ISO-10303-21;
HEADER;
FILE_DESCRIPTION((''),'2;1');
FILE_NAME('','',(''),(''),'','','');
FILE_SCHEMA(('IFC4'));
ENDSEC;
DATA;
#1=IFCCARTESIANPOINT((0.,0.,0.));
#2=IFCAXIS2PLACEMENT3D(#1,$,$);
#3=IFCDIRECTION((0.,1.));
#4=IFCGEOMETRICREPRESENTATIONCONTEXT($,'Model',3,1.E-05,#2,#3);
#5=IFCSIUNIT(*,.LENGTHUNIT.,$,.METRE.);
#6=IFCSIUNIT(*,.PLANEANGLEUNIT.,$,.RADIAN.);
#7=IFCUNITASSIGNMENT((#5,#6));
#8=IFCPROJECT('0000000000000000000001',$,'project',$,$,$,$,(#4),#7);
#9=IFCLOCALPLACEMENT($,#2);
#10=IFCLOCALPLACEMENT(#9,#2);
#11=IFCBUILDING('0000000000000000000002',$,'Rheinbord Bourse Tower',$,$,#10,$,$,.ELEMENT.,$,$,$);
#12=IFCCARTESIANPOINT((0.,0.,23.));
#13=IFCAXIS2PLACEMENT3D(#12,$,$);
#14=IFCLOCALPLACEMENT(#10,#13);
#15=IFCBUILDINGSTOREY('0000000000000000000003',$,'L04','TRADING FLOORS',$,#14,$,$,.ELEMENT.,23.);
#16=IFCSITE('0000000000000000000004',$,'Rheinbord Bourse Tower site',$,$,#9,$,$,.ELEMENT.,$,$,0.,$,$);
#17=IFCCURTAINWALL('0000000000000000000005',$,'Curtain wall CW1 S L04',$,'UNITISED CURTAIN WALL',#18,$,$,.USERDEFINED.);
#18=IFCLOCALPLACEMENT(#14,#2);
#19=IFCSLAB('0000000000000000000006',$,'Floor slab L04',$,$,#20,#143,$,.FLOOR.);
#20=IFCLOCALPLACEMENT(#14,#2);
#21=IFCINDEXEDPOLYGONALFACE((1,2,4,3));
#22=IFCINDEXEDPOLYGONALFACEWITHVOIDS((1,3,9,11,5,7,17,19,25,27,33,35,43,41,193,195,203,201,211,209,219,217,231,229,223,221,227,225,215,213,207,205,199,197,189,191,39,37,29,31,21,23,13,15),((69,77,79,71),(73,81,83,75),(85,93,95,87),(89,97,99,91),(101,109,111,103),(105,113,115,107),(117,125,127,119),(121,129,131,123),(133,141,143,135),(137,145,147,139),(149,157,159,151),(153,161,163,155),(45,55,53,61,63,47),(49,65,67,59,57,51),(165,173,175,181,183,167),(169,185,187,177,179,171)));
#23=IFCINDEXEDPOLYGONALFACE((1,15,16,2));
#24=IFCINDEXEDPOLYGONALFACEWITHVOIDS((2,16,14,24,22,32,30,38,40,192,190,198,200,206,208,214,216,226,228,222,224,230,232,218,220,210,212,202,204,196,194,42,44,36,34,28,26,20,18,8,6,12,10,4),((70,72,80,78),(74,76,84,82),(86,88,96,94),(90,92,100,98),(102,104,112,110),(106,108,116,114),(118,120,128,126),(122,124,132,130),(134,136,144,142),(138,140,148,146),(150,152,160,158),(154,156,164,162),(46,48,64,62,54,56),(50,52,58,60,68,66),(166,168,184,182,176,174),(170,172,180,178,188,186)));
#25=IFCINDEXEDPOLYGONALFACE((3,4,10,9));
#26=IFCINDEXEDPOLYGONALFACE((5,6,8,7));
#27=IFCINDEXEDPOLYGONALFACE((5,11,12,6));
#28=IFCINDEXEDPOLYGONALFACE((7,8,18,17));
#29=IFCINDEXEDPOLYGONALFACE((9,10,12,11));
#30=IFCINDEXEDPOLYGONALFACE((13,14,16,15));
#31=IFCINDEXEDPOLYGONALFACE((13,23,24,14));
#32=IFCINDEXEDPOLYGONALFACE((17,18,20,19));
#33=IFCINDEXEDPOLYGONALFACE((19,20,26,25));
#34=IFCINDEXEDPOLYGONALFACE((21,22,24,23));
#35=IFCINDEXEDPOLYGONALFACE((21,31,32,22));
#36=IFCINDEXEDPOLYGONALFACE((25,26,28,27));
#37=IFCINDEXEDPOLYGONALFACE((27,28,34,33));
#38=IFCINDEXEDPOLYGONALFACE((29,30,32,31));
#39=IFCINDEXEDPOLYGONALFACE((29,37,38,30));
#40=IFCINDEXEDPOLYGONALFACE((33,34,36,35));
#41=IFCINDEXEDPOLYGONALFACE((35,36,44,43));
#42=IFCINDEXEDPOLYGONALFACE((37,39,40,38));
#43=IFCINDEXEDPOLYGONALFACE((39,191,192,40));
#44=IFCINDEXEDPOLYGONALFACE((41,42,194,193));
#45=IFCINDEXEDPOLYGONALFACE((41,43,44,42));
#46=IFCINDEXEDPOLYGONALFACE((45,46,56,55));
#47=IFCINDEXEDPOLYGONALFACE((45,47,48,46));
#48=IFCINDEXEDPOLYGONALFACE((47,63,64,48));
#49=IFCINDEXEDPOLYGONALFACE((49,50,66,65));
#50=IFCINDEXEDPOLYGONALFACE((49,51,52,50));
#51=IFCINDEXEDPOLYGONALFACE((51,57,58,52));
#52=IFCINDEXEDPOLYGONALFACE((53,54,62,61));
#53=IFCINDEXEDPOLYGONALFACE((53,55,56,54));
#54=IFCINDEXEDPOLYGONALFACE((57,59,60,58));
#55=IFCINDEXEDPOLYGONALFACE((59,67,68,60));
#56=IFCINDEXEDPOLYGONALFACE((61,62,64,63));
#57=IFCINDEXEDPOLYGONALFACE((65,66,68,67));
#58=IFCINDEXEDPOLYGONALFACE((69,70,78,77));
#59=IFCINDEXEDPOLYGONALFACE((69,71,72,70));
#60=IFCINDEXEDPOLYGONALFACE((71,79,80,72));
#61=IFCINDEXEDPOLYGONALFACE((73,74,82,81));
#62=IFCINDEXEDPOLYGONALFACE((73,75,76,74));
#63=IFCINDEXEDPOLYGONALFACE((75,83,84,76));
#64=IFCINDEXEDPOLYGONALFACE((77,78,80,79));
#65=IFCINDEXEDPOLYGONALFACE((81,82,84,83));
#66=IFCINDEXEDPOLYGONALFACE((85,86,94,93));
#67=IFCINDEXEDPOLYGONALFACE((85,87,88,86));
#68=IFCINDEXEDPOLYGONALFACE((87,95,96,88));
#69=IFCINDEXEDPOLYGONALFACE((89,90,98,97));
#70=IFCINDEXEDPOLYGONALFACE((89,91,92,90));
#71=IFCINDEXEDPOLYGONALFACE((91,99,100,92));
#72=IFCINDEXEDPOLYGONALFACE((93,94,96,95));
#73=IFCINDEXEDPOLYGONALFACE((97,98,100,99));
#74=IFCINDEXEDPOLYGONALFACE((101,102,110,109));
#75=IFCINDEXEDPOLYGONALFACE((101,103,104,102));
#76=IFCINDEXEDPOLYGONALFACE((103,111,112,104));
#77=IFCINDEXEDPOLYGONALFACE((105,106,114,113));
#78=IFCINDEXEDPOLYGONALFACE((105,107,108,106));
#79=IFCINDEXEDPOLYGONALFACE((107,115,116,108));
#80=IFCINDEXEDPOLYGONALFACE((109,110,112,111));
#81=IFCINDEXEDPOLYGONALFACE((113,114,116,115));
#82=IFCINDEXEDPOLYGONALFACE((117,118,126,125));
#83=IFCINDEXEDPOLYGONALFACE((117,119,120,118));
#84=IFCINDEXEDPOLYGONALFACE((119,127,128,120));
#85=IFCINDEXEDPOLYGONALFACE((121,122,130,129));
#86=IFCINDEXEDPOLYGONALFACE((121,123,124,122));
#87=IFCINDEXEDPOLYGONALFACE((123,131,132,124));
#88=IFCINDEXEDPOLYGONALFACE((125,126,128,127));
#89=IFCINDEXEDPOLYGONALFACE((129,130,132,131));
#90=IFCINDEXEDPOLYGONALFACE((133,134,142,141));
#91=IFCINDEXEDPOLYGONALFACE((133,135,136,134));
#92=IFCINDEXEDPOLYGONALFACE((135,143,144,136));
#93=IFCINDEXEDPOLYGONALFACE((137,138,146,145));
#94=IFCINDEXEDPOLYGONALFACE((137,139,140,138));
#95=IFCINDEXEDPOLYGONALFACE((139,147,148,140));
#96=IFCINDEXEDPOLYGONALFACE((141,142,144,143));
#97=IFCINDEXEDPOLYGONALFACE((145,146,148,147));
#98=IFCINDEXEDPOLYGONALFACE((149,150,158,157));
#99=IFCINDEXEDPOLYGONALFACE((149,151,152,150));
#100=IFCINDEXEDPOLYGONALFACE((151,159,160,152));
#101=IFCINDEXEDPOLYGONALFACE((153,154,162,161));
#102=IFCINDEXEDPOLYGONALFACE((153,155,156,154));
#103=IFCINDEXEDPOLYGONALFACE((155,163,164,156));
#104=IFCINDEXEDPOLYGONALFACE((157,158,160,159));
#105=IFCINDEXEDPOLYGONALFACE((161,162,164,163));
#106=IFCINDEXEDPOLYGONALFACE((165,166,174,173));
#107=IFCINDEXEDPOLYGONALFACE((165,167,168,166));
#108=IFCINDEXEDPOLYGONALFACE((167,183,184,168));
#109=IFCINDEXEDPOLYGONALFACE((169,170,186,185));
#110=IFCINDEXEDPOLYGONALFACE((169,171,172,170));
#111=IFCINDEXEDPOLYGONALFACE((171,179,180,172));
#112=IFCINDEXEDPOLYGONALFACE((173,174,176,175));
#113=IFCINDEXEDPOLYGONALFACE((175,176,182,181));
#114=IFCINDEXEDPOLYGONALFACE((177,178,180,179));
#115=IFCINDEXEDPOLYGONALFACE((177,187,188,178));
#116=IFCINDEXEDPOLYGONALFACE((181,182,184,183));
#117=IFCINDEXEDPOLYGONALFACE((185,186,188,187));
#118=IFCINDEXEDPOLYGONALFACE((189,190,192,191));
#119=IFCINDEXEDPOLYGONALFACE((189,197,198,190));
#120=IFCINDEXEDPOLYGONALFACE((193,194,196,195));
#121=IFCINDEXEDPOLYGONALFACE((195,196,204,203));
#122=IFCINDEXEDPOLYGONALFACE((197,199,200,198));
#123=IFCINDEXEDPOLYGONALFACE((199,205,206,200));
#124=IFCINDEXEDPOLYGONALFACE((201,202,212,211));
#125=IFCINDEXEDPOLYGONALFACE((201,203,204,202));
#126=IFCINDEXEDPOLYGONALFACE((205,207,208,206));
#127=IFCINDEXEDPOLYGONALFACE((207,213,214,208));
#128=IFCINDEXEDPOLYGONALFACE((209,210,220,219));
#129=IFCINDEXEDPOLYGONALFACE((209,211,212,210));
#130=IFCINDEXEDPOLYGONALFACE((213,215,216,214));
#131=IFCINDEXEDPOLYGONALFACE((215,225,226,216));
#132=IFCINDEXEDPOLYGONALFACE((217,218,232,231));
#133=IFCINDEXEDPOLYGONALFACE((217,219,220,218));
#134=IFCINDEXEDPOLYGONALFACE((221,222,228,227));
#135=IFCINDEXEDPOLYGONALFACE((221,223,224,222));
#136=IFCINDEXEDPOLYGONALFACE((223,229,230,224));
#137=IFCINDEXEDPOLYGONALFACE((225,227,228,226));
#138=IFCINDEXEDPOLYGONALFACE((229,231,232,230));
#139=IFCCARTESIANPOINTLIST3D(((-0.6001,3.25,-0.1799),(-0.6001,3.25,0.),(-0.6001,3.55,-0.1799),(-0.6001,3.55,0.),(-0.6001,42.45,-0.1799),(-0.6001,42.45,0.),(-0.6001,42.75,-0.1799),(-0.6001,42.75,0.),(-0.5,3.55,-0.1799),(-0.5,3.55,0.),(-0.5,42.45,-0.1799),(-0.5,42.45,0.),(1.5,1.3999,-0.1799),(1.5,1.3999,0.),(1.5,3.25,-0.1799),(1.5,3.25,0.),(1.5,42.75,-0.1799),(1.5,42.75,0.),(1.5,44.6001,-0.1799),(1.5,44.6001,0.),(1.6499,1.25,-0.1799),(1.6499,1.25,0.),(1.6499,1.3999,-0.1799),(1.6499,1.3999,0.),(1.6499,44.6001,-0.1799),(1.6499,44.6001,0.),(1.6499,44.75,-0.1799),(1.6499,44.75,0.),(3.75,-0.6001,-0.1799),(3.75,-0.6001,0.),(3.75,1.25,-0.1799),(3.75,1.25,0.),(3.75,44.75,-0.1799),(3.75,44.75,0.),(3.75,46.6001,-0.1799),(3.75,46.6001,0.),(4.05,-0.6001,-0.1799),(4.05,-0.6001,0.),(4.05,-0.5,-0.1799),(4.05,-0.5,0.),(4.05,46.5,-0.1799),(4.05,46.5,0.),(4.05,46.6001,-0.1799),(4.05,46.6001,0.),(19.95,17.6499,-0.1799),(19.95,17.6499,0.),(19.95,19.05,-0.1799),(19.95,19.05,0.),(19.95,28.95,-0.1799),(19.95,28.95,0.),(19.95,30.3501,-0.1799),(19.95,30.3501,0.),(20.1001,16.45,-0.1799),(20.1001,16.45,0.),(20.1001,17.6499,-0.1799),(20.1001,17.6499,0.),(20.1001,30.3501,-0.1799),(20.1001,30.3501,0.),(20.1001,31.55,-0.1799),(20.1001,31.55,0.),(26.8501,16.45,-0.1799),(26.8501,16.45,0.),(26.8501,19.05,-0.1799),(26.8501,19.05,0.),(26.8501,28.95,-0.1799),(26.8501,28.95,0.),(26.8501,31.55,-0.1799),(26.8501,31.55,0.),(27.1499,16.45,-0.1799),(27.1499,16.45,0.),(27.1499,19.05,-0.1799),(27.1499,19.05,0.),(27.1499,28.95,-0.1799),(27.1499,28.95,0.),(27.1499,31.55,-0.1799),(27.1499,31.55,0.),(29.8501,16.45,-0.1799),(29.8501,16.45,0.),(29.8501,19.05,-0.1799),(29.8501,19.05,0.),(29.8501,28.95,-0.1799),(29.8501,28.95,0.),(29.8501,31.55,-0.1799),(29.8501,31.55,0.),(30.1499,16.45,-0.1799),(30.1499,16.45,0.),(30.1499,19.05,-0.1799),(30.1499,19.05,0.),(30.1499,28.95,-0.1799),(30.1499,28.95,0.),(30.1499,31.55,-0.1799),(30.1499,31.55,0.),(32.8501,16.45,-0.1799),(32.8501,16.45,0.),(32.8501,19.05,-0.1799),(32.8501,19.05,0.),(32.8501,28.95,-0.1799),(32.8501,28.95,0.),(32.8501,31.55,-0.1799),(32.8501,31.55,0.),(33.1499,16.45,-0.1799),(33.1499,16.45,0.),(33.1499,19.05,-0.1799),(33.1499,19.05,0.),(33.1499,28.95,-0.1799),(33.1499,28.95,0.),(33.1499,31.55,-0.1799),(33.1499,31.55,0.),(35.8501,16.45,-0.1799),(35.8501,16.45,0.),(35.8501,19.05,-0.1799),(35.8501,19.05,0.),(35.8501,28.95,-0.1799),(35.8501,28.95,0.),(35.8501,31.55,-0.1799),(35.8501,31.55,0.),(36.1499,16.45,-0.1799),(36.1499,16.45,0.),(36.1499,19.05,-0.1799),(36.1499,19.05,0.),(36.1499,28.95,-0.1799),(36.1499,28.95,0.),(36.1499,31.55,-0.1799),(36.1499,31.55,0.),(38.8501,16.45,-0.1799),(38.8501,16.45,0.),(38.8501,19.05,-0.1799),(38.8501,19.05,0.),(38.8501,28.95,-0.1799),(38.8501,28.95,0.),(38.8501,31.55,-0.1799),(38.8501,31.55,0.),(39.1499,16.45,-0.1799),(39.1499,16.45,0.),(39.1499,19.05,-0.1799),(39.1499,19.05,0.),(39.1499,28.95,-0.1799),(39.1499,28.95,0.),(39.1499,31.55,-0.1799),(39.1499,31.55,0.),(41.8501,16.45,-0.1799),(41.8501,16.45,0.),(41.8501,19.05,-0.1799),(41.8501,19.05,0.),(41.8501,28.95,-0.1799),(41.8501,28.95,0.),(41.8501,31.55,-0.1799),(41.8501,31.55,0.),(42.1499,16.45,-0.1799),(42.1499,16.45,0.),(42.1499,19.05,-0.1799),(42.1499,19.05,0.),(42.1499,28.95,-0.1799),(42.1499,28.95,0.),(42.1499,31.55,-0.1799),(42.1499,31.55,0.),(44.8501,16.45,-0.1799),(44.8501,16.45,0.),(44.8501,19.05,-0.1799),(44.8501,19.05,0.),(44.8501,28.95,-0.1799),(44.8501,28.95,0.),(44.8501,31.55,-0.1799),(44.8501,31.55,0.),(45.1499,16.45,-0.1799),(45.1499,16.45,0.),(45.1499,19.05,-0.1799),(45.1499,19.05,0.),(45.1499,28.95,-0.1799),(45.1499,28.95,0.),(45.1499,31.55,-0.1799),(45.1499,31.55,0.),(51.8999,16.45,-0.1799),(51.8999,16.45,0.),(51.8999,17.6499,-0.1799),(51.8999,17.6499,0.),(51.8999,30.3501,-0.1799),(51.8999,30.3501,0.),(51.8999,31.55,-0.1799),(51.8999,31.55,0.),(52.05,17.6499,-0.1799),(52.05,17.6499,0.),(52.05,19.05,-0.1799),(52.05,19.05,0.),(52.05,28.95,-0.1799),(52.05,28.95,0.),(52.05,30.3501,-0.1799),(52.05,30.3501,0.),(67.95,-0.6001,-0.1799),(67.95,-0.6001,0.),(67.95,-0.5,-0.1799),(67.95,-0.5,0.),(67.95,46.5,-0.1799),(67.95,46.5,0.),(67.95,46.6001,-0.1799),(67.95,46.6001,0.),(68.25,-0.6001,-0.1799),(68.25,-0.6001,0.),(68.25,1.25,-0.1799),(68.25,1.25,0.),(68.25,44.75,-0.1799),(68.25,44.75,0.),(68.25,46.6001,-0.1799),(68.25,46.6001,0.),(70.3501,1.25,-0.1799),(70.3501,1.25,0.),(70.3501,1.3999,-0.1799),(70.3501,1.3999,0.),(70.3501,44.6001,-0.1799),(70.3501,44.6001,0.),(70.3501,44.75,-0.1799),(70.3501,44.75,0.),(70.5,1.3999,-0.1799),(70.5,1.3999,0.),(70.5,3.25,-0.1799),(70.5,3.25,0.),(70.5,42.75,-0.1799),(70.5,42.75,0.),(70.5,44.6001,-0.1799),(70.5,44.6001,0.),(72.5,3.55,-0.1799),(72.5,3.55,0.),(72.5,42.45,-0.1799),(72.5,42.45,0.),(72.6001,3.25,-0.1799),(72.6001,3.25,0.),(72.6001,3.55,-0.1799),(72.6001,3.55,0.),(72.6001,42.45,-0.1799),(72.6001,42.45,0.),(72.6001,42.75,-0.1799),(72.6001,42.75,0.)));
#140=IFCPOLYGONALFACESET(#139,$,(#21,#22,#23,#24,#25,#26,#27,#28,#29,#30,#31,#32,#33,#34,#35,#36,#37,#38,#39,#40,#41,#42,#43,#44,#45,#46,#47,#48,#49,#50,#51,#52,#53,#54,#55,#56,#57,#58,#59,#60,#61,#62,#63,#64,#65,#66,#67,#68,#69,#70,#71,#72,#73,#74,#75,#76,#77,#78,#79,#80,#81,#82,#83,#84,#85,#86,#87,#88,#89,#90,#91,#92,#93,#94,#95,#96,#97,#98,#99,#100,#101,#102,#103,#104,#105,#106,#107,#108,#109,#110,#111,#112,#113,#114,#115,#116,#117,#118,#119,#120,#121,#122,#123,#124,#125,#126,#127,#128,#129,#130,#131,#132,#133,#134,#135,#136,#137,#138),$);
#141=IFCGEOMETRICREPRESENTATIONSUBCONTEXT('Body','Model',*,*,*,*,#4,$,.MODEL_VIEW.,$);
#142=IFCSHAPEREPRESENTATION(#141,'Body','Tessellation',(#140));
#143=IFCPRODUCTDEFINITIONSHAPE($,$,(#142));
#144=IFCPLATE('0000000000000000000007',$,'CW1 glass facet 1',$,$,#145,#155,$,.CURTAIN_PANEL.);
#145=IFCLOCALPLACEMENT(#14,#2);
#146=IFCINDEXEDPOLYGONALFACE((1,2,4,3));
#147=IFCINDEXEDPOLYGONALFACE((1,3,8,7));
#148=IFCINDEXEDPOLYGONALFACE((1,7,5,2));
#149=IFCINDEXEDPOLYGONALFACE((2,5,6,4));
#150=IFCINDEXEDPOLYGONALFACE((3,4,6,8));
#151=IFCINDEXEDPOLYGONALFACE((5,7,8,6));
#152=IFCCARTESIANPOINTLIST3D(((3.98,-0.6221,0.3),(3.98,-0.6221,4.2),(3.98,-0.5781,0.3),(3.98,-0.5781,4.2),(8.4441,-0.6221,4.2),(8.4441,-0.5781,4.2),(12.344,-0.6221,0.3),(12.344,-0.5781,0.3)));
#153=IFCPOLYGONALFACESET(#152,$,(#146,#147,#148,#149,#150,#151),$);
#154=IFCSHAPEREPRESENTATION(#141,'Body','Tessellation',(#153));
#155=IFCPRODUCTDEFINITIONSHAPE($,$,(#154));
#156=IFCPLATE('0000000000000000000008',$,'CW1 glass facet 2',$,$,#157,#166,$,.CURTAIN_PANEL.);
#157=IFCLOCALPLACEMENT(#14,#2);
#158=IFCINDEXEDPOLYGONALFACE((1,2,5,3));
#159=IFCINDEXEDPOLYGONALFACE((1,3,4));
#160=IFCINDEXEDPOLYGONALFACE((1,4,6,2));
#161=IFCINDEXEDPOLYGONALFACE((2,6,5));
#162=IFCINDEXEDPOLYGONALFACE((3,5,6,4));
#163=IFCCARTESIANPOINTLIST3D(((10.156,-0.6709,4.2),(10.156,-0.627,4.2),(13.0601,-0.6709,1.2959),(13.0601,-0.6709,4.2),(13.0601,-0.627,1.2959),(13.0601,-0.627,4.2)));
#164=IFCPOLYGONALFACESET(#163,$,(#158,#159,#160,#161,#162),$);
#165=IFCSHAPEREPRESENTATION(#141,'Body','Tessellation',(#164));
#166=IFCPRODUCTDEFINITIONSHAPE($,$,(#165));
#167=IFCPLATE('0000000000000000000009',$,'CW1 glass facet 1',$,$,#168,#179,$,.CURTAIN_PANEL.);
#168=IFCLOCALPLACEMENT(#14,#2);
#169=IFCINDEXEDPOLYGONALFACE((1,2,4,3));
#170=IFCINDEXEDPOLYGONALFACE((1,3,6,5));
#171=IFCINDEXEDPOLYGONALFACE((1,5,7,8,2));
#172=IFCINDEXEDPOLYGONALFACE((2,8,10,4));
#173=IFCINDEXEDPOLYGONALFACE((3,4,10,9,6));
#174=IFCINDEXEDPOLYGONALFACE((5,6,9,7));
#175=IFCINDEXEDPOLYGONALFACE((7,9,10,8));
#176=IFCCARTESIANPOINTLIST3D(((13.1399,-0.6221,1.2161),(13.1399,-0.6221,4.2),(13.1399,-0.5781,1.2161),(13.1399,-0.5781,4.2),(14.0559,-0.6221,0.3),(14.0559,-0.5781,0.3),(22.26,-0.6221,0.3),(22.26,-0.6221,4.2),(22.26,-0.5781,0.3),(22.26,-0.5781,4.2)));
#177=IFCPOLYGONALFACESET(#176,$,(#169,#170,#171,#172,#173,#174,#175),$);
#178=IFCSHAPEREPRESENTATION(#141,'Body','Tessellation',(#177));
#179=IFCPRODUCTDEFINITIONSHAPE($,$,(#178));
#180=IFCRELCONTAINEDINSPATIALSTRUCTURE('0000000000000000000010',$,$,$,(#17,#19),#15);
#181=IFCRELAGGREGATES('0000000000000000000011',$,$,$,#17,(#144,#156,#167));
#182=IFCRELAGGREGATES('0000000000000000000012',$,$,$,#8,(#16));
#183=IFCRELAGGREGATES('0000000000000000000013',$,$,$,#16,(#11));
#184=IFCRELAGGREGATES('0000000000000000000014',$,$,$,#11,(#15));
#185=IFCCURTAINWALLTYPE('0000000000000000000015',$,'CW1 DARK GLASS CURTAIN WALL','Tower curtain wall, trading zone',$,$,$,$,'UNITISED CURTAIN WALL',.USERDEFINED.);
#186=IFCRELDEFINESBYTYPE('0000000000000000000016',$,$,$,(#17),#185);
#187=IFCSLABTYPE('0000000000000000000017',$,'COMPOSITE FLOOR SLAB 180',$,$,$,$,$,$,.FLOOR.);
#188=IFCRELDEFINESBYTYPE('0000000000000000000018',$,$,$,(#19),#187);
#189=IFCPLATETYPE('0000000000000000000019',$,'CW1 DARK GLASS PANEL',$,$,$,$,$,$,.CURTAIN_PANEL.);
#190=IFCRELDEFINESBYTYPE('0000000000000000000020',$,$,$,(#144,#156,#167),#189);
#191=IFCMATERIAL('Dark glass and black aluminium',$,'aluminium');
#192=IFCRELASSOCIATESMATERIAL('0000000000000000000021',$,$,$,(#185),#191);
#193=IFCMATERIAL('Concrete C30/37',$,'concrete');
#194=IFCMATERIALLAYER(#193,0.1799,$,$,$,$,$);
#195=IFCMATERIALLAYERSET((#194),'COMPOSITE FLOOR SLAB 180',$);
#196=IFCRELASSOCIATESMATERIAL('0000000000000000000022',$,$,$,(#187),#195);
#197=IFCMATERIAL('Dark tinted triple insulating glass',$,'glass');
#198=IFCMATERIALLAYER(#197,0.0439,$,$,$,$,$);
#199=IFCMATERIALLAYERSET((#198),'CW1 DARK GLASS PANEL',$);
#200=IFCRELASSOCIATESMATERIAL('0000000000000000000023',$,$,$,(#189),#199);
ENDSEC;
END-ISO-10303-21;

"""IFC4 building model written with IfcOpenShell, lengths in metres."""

from ifc_helpers import new_model, si_unit, direction, frame, origin, place, context, subcontext, project, spatial, polyline, outline, extrude, material, layer, layer_set, type_object, element, aggregate, save


model = new_model("IFC4")

# Units and contexts
model_context = context("Model", 3, precision=1e-05, world=origin(), true_north=direction((0.0, 1.0)))
body_context = subcontext(model_context, "Body", "Model", "MODEL_VIEW")
ifc_project = project(units=[si_unit("LENGTHUNIT", "METRE"), si_unit("PLANEANGLEUNIT", "RADIAN")], contexts=[model_context])

# Site, building, storey
site_placement = place(None, origin())
site = spatial("IfcSite", under=ifc_project, at=site_placement, Name="Rheinbord Bourse Tower site", CompositionType="ELEMENT", RefElevation=0.0)
building_placement = place(site_placement, origin())
building = spatial("IfcBuilding", under=site, at=building_placement, Name="Rheinbord Bourse Tower", CompositionType="ELEMENT")
storey_placement = place(building_placement, frame((0.0, 0.0, 23.0)))
storey = spatial("IfcBuildingStorey", under=building, at=storey_placement, Name="L04", Description="TRADING FLOORS", CompositionType="ELEMENT", Elevation=23.0)

# Curtain wall
ifc_material_1 = material(Name="Dark glass and black aluminium", Category="aluminium")
curtain_wall_type = type_object("IfcCurtainWallType", Name="CW1 DARK GLASS CURTAIN WALL", Description="Tower curtain wall, trading zone", ElementType="UNITISED CURTAIN WALL", PredefinedType="USERDEFINED", material=ifc_material_1)
curtain_wall_placement = place(storey_placement, origin())
curtain_wall = element("IfcCurtainWall", 1, at=curtain_wall_placement, inside=storey, type_object=curtain_wall_type, Name="Curtain wall CW1 S L04", ObjectType="UNITISED CURTAIN WALL", PredefinedType="USERDEFINED")

# Slab
ifc_material_2 = material(Name="Concrete C30/37", Category="concrete")
ifc_layer_1 = layer(ifc_material_2, 0.1799)
ifc_layer_set_1 = layer_set([ifc_layer_1], Name="COMPOSITE FLOOR SLAB 180")
slab_type_1 = type_object("IfcSlabType", Name="COMPOSITE FLOOR SLAB 180", PredefinedType="FLOOR", material=ifc_layer_set_1)
slab_1_placement = place(storey_placement, frame((0.0, 0.0, -0.1799)))
element("IfcSlab", 2, at=slab_1_placement, inside=storey, type_object=slab_type_1, Name="Floor slab L04", PredefinedType="FLOOR", context=body_context, shape_type="SweptSolid", body=[
    extrude(outline(polyline([(1.6499, 1.3999), (1.5, 1.3999), (1.5, 3.25), (-0.6001, 3.25), (-0.6001, 3.55), (-0.5, 3.55), (-0.5, 42.45), (-0.6001, 42.45), (-0.6001, 42.75), (1.5, 42.75), (1.5, 44.6001), (1.6499, 44.6001), (1.6499, 44.75), (3.75, 44.75), (3.75, 46.6001), (4.05, 46.6001), (4.05, 46.5), (67.95, 46.5), (67.95, 46.6001), (68.25, 46.6001), (68.25, 44.75), (70.3501, 44.75), (70.3501, 44.6001), (70.5, 44.6001), (70.5, 42.75), (72.6001, 42.75), (72.6001, 42.45), (72.5, 42.45), (72.5, 3.55), (72.6001, 3.55), (72.6001, 3.25), (70.5, 3.25), (70.5, 1.3999), (70.3501, 1.3999), (70.3501, 1.25), (68.25, 1.25), (68.25, -0.6001), (67.95, -0.6001), (67.95, -0.5), (4.05, -0.5), (4.05, -0.6001), (3.75, -0.6001), (3.75, 1.25), (1.6499, 1.25), (1.6499, 1.3999)]), holes=[polyline([(19.95, 19.05), (26.8501, 19.05), (26.8501, 16.45), (20.1001, 16.45), (20.1001, 17.6499), (19.95, 17.6499), (19.95, 19.05)]), polyline([(26.8501, 31.55), (26.8501, 28.95), (19.95, 28.95), (19.95, 30.3501), (20.1001, 30.3501), (20.1001, 31.55), (26.8501, 31.55)]), polyline([(45.1499, 16.45), (45.1499, 19.05), (52.05, 19.05), (52.05, 17.6499), (51.8999, 17.6499), (51.8999, 16.45), (45.1499, 16.45)]), polyline([(52.05, 28.95), (45.1499, 28.95), (45.1499, 31.55), (51.8999, 31.55), (51.8999, 30.3501), (52.05, 30.3501), (52.05, 28.95)]), polyline([(27.1499, 16.45), (27.1499, 19.05), (29.8501, 19.05), (29.8501, 16.45), (27.1499, 16.45)]), polyline([(27.1499, 28.95), (27.1499, 31.55), (29.8501, 31.55), (29.8501, 28.95), (27.1499, 28.95)]), polyline([(30.1499, 16.45), (30.1499, 19.05), (32.8501, 19.05), (32.8501, 16.45), (30.1499, 16.45)]), polyline([(30.1499, 28.95), (30.1499, 31.55), (32.8501, 31.55), (32.8501, 28.95), (30.1499, 28.95)]), polyline([(33.1499, 16.45), (33.1499, 19.05), (35.8501, 19.05), (35.8501, 16.45), (33.1499, 16.45)]), polyline([(33.1499, 28.95), (33.1499, 31.55), (35.8501, 31.55), (35.8501, 28.95), (33.1499, 28.95)]), polyline([(36.1499, 16.45), (36.1499, 19.05), (38.8501, 19.05), (38.8501, 16.45), (36.1499, 16.45)]), polyline([(36.1499, 28.95), (36.1499, 31.55), (38.8501, 31.55), (38.8501, 28.95), (36.1499, 28.95)]), polyline([(39.1499, 16.45), (39.1499, 19.05), (41.8501, 19.05), (41.8501, 16.45), (39.1499, 16.45)]), polyline([(39.1499, 28.95), (39.1499, 31.55), (41.8501, 31.55), (41.8501, 28.95), (39.1499, 28.95)]), polyline([(42.1499, 16.45), (42.1499, 19.05), (44.8501, 19.05), (44.8501, 16.45), (42.1499, 16.45)]), polyline([(42.1499, 28.95), (42.1499, 31.55), (44.8501, 31.55), (44.8501, 28.95), (42.1499, 28.95)])]), origin(), (0.0, 0.0, 1.0), 0.1799),
])

# Plates
ifc_material_3 = material(Name="Dark tinted triple insulating glass", Category="glass")
ifc_layer_2 = layer(ifc_material_3, 0.0439)
ifc_layer_set_2 = layer_set([ifc_layer_2], Name="CW1 DARK GLASS PANEL")
plate_type = type_object("IfcPlateType", Name="CW1 DARK GLASS PANEL", PredefinedType="CURTAIN_PANEL", material=ifc_layer_set_2)
plate_1_placement = place(storey_placement, frame((3.98, -0.6221, 0.3), z_axis=(0.0, 1.0, 0.0), x_axis=(0.0, 0.0, 1.0)))
plate_1 = element("IfcPlate", 3, at=plate_1_placement, type_object=plate_type, Name="CW1 glass facet 1", PredefinedType="CURTAIN_PANEL", context=body_context, shape_type="SweptSolid", body=[
    extrude(outline(polyline([(0.0, 0.0), (3.8999, 0.0), (3.8999, 4.4641), (0.0, 8.364), (0.0, 0.0)])), origin(), (0.0, 0.0, 1.0), 0.0439),
])
plate_2_placement = place(storey_placement, frame((13.0601, -0.6709, 4.2), z_axis=(0.0, 1.0, 0.0), x_axis=(0.0, 0.0, -1.0)))
plate_2 = element("IfcPlate", 4, at=plate_2_placement, type_object=plate_type, Name="CW1 glass facet 2", PredefinedType="CURTAIN_PANEL", context=body_context, shape_type="SweptSolid", body=[
    extrude(outline(polyline([(0.0, 0.0), (2.9041, 0.0), (0.0, 2.9041), (0.0, 0.0)])), origin(), (0.0, 0.0, 1.0), 0.0439),
])
plate_3_placement = place(storey_placement, frame((13.1399, -0.6221, 4.2), z_axis=(0.0, 1.0, 0.0), x_axis=(1.0, 0.0, 0.0)))
plate_3 = element("IfcPlate", 5, at=plate_3_placement, type_object=plate_type, Name="CW1 glass facet 1", PredefinedType="CURTAIN_PANEL", context=body_context, shape_type="SweptSolid", body=[
    extrude(outline(polyline([(0.0, 0.0), (9.1201, 0.0), (9.1201, 3.8999), (0.916, 3.8999), (0.0, 2.9839), (0.0, 0.0)])), origin(), (0.0, 0.0, 1.0), 0.0439),
])
aggregate(curtain_wall, [plate_1, plate_2, plate_3])

save(model, "model.ifc")
